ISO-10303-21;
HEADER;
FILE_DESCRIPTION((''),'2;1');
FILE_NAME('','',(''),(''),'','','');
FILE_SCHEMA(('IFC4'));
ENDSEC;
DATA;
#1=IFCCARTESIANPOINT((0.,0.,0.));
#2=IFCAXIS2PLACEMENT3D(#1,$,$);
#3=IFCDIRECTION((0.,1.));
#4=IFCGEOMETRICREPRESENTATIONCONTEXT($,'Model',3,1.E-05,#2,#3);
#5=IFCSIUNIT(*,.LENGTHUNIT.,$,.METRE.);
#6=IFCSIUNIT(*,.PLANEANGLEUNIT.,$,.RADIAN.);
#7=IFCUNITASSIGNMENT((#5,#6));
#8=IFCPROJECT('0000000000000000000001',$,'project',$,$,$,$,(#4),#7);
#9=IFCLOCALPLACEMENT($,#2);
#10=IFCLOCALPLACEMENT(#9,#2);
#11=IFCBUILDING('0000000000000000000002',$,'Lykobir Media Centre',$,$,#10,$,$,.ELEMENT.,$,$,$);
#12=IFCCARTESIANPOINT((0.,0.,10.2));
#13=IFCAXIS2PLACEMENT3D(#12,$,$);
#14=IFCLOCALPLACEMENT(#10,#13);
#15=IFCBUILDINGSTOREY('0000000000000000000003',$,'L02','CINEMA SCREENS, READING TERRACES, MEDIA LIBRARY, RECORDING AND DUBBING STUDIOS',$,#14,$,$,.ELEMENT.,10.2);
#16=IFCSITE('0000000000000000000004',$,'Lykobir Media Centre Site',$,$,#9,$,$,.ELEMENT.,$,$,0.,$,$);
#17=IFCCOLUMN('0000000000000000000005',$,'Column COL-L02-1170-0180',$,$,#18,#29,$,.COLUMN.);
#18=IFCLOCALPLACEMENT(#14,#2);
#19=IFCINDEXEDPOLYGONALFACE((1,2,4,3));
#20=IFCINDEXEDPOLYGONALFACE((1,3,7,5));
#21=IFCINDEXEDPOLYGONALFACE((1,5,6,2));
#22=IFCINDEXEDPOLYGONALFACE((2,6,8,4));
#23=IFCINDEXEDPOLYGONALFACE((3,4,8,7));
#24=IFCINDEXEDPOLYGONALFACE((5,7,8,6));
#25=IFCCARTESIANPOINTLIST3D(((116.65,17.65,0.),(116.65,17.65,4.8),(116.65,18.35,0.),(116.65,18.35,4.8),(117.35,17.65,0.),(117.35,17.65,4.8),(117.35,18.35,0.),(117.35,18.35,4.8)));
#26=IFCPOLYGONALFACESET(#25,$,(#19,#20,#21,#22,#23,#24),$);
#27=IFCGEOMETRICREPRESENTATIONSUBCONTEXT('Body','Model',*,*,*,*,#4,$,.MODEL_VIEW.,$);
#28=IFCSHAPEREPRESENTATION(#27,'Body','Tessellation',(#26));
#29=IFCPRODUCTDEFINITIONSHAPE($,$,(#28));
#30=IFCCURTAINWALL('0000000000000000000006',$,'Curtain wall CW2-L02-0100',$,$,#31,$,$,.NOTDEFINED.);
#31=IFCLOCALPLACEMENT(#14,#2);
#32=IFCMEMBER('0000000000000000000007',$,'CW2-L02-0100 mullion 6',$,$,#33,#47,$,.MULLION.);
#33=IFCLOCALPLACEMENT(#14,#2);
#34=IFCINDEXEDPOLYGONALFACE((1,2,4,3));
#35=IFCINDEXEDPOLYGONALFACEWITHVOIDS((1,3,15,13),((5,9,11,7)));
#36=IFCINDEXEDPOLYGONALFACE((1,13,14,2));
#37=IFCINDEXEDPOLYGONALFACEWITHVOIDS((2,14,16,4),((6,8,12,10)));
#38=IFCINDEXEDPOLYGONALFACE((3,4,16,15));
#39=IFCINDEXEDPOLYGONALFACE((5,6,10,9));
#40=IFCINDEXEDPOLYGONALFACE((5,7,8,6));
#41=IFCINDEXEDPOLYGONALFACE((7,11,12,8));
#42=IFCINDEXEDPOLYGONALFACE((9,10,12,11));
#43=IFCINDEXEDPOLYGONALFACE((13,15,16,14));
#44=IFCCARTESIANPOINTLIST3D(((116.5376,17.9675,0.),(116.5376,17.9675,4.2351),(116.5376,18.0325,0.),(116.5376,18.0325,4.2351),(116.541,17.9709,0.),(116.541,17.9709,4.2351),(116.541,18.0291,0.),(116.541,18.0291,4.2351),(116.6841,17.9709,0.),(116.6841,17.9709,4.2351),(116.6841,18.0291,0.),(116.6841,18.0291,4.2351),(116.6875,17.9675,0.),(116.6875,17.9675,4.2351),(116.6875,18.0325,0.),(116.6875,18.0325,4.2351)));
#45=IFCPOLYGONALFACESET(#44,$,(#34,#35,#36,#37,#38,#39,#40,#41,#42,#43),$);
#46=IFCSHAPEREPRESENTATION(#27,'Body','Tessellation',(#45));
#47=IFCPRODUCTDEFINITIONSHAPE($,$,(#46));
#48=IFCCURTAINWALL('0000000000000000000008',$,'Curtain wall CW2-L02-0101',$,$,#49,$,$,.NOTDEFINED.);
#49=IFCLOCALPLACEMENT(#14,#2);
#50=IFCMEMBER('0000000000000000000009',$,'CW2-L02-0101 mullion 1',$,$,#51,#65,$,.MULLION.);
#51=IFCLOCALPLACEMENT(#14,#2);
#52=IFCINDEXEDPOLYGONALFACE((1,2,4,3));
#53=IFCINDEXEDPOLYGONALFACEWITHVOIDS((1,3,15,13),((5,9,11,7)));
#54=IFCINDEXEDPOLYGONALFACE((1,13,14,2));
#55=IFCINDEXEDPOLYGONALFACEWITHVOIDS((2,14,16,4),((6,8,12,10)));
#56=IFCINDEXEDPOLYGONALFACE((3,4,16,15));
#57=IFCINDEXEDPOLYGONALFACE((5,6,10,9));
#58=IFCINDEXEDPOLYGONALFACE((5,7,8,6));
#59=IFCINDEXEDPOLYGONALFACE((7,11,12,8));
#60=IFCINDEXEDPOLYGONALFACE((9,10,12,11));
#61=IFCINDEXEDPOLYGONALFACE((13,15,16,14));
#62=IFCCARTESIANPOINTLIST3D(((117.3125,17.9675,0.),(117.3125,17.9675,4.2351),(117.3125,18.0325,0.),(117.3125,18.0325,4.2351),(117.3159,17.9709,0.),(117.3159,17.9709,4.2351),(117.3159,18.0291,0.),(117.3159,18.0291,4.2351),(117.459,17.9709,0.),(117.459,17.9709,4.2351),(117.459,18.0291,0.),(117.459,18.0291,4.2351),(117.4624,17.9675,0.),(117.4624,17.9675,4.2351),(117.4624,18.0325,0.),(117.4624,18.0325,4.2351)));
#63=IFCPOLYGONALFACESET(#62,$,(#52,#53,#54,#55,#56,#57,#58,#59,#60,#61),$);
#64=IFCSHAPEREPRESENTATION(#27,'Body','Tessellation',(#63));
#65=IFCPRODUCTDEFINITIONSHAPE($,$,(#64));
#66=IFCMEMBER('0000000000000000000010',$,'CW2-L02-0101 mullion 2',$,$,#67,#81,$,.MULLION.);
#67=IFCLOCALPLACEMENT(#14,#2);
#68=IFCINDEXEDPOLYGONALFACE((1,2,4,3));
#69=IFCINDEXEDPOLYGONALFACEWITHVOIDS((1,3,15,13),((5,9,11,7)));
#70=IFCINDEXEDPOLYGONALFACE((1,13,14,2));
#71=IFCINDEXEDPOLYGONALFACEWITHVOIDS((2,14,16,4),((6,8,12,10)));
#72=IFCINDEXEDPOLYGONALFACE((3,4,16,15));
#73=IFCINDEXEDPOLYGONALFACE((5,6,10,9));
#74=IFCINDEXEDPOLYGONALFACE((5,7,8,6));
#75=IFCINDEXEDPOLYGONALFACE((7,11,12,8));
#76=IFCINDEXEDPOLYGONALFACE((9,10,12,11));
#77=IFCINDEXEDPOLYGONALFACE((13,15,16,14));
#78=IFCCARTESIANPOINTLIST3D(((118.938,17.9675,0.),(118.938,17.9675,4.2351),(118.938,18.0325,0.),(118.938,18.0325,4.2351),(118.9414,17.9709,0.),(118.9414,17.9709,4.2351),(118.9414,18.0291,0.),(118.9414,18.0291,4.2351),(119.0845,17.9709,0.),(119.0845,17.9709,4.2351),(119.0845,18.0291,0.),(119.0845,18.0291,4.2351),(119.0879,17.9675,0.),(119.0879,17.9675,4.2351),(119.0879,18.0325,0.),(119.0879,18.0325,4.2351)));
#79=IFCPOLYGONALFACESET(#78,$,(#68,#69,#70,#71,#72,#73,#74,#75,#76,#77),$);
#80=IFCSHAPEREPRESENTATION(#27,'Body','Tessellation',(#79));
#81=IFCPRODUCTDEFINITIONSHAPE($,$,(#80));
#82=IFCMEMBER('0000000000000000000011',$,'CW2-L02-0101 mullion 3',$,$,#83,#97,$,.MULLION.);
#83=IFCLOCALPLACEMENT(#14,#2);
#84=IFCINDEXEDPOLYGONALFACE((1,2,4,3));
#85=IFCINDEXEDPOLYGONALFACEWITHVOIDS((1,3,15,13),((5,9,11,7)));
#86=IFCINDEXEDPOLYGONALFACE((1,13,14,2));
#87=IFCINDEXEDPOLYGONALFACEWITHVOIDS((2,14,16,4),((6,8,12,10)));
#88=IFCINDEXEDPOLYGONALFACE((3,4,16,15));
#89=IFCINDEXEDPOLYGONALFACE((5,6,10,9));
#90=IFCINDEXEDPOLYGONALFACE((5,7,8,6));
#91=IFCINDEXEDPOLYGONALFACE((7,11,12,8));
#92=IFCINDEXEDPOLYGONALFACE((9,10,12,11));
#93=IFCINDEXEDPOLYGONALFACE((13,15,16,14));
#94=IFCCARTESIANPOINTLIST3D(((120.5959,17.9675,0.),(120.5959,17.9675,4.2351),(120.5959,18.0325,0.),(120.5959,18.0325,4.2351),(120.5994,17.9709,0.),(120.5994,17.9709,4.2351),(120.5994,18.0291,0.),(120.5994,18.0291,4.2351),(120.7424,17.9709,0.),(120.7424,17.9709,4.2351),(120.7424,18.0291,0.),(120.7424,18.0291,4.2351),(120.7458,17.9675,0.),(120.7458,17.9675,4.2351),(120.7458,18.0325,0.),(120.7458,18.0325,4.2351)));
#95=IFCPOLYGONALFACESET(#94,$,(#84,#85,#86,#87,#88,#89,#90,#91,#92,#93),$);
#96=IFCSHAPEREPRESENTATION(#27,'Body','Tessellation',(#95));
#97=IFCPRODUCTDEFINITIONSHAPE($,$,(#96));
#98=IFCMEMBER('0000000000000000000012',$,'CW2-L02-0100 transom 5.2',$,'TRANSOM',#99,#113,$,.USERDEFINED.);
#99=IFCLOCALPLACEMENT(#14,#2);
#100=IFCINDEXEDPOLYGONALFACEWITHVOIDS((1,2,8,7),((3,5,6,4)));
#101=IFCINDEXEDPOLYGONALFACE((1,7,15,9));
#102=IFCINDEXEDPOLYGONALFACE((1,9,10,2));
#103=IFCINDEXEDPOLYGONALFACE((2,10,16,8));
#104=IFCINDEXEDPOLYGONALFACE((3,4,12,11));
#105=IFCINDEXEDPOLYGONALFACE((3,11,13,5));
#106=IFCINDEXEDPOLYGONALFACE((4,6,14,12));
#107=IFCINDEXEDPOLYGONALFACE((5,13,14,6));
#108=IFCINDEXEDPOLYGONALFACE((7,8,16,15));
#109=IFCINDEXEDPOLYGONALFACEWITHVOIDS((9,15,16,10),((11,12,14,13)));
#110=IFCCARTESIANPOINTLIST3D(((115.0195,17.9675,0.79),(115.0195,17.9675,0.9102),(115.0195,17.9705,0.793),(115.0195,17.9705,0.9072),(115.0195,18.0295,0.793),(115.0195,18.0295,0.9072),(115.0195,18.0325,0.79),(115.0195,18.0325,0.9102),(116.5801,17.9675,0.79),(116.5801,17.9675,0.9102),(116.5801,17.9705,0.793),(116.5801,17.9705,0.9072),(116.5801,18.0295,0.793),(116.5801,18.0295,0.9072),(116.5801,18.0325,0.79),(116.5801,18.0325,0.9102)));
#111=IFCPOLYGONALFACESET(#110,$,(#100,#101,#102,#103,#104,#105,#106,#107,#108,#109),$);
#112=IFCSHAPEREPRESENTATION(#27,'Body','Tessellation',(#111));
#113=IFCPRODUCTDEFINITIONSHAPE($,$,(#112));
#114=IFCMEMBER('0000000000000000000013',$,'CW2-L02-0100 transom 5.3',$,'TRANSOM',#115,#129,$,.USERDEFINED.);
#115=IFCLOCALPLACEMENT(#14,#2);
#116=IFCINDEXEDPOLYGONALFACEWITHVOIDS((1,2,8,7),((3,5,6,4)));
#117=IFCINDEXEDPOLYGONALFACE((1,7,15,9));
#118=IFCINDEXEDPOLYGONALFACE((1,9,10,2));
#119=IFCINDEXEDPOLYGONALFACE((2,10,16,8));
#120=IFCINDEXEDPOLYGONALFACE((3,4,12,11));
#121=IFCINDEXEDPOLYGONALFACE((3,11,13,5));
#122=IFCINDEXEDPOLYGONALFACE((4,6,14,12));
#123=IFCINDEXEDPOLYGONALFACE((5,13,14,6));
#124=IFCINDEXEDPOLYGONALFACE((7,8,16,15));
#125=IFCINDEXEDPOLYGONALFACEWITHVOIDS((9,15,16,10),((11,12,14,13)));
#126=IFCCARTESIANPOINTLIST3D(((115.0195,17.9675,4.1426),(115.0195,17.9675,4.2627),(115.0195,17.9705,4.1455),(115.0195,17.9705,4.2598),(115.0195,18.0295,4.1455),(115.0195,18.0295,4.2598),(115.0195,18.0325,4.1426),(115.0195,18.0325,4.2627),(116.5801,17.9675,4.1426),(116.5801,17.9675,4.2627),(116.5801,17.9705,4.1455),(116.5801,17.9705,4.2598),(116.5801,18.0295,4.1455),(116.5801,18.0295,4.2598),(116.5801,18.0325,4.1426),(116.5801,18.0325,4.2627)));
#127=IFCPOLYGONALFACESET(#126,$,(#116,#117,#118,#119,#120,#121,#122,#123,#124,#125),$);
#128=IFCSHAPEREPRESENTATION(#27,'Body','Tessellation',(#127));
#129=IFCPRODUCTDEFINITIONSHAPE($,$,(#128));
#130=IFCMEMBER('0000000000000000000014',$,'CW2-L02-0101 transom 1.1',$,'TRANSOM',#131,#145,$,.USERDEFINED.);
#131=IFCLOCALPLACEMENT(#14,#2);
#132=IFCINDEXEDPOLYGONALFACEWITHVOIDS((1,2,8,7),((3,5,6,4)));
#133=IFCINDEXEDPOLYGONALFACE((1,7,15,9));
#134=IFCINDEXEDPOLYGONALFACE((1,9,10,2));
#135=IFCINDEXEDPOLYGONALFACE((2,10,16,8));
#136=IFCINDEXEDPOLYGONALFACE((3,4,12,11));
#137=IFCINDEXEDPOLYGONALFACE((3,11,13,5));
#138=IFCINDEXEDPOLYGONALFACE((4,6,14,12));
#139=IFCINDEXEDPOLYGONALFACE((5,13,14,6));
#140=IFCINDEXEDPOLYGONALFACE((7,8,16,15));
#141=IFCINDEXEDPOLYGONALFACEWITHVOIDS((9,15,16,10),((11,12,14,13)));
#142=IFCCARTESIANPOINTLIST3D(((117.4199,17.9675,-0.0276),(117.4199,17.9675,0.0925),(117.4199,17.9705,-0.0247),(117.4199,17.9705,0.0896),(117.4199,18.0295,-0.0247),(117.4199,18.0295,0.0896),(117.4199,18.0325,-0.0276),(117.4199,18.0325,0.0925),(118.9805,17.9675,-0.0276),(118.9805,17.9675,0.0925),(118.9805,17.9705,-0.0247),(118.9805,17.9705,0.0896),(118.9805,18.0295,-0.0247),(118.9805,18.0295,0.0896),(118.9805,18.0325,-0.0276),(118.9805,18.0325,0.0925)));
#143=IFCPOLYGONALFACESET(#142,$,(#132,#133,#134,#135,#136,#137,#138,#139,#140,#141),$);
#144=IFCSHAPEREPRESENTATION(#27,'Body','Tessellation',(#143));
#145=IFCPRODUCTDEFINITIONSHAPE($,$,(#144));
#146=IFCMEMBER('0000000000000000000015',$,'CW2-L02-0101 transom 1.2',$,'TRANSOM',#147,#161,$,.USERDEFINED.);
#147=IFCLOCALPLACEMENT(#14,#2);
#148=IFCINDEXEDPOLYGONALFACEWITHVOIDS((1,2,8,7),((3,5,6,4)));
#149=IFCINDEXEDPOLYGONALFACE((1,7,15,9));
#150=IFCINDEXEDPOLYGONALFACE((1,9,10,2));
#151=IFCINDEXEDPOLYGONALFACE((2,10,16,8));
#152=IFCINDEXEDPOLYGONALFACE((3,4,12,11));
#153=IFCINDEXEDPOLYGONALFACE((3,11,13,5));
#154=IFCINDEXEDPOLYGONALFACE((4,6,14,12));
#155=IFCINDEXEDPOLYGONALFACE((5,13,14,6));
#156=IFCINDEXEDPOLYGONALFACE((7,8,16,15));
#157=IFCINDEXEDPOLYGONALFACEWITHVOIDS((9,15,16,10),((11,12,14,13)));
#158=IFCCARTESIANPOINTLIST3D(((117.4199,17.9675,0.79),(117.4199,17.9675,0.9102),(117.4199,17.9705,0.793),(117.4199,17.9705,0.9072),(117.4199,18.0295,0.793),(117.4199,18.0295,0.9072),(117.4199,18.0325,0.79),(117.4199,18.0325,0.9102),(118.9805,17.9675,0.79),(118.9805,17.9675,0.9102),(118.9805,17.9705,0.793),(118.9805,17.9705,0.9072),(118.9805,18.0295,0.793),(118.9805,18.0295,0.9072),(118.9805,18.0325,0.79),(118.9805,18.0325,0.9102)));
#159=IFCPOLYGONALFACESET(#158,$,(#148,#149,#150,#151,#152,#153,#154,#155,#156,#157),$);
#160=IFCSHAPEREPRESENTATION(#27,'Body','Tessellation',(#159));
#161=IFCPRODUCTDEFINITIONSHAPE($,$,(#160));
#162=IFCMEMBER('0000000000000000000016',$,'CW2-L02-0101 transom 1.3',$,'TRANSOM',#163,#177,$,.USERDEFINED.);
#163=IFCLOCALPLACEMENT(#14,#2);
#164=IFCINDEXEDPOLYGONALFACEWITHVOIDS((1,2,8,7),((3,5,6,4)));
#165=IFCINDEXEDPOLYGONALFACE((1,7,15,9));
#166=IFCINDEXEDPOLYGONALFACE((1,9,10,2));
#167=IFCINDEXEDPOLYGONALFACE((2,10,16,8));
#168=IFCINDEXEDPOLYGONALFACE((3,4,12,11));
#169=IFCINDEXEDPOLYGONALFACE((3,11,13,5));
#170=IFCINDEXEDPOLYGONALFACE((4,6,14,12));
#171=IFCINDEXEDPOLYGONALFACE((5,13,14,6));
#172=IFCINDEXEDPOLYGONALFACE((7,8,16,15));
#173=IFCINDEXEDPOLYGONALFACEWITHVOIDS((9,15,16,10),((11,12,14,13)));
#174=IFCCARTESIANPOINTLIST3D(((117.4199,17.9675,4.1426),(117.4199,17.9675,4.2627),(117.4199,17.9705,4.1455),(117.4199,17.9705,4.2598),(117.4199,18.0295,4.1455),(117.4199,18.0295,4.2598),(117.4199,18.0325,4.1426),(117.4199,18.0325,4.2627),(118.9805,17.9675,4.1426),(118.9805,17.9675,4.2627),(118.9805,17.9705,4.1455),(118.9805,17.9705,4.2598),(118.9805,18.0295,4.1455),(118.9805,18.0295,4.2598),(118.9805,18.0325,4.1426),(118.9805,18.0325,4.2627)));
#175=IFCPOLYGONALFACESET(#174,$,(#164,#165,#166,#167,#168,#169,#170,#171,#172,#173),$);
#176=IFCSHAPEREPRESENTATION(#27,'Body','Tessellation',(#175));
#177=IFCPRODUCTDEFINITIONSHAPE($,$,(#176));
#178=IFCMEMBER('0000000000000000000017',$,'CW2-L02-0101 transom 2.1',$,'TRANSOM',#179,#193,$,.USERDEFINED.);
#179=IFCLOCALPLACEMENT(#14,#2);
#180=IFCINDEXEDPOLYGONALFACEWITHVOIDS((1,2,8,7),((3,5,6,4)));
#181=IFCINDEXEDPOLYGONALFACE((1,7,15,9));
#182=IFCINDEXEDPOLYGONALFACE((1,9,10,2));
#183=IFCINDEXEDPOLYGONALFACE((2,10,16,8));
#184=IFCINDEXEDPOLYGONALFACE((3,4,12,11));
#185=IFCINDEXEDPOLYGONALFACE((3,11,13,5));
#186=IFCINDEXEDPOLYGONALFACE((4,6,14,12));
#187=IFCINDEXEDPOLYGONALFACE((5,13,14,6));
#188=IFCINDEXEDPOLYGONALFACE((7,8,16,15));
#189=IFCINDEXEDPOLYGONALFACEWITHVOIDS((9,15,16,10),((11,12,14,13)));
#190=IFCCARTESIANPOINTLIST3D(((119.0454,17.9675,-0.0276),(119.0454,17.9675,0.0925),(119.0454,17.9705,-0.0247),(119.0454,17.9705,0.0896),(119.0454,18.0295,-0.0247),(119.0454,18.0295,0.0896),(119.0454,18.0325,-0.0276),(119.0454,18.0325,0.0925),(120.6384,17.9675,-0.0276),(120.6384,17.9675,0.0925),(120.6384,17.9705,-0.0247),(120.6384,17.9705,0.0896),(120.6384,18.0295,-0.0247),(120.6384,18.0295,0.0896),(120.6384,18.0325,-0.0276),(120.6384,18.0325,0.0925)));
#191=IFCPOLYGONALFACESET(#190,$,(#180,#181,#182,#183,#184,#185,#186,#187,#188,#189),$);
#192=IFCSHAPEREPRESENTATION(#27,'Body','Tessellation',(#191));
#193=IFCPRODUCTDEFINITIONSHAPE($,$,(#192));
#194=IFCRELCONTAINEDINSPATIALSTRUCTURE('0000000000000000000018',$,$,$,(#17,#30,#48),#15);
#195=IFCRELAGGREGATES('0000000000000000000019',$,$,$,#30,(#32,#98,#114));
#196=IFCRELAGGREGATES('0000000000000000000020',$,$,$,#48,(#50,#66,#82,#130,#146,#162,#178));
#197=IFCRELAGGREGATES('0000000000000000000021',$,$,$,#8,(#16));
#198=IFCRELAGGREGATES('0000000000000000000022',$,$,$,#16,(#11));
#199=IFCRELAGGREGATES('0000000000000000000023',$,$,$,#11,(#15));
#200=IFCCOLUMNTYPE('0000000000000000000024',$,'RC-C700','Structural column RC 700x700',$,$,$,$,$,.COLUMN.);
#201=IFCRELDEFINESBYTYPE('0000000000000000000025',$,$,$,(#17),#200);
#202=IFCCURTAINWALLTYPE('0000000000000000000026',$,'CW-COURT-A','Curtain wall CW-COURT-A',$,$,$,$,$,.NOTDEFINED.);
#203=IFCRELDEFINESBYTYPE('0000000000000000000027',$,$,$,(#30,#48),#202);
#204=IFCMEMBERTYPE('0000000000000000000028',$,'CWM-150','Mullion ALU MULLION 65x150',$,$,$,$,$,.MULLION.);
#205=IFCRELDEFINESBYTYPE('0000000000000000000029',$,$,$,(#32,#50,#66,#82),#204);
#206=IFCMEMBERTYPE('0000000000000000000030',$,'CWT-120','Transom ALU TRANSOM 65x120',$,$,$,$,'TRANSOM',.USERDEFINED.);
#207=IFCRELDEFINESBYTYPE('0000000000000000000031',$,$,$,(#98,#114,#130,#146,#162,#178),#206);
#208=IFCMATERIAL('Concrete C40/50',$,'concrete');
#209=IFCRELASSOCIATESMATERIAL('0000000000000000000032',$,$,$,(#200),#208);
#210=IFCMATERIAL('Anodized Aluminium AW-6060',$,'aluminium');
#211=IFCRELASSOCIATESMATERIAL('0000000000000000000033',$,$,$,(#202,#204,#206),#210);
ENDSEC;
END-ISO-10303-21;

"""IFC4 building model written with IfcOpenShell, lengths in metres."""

from ifc_helpers import new_model, si_unit, direction, frame, origin, origin_2d, place, context, subcontext, project, spatial, rectangle, hollow_rectangle, extrude, material, material_profile, profile_set, type_object, element, aggregate, save


model = new_model("IFC4")

# Units and contexts
model_context = context("Model", 3, precision=1e-05, world=origin(), true_north=direction((0.0, 1.0)))
body_context = subcontext(model_context, "Body", "Model", "MODEL_VIEW")
ifc_project = project(units=[si_unit("LENGTHUNIT", "METRE"), si_unit("PLANEANGLEUNIT", "RADIAN")], contexts=[model_context])

# Site, building, storey
site_placement = place(None, origin())
site = spatial("IfcSite", under=ifc_project, at=site_placement, Name="Lykobir Media Centre Site", CompositionType="ELEMENT", RefElevation=0.0)
building_placement = place(site_placement, origin())
building = spatial("IfcBuilding", under=site, at=building_placement, Name="Lykobir Media Centre", CompositionType="ELEMENT")
storey_placement = place(building_placement, frame((0.0, 0.0, 10.2)))
storey = spatial("IfcBuildingStorey", under=building, at=storey_placement, Name="L02", Description="CINEMA SCREENS, READING TERRACES, MEDIA LIBRARY, RECORDING AND DUBBING STUDIOS", CompositionType="ELEMENT", Elevation=10.2)

# Column
ifc_material_1 = material(Name="Concrete C40/50", Category="concrete")
ifc_material_profile_1 = material_profile(ifc_material_1, rectangle(XDim=0.7, YDim=0.7, at=origin_2d()), Name="RC 700x700")
ifc_profile_set_1 = profile_set([ifc_material_profile_1], Name="Concrete C40/50")
column_type = type_object("IfcColumnType", Name="RC-C700", Description="Structural column RC 700x700", PredefinedType="COLUMN", material=ifc_profile_set_1)
column_placement = place(storey_placement, frame((117.0, 18.0, 0.0), z_axis=(0.0, 0.0, 1.0), x_axis=(1.0, 0.0, 0.0)))
element("IfcColumn", 1, at=column_placement, inside=storey, type_object=column_type, Name="Column COL-L02-1170-0180", PredefinedType="COLUMN", context=body_context, shape_type="SweptSolid", body=[
    extrude(rectangle(XDim=0.7, YDim=0.7, at=origin_2d()), origin(), (0.0, 0.0, 1.0), 4.8),
])

# Curtain wall, member
ifc_material_2 = material(Name="Anodized Aluminium AW-6060", Category="aluminium")
curtain_wall_type = type_object("IfcCurtainWallType", Name="CW-COURT-A", Description="Curtain wall CW-COURT-A", PredefinedType="NOTDEFINED", material=ifc_material_2)
curtain_wall_1_placement = place(storey_placement, origin())
curtain_wall_1 = element("IfcCurtainWall", 2, at=curtain_wall_1_placement, inside=storey, type_object=curtain_wall_type, Name="Curtain wall CW2-L02-0100", PredefinedType="NOTDEFINED")
ifc_material_profile_2 = material_profile(ifc_material_2, hollow_rectangle(XDim=0.0649, YDim=0.1499, WallThickness=0.0034, at=origin_2d()), Name="ALU MULLION 65x150")
ifc_profile_set_2 = profile_set([ifc_material_profile_2], Name="Anodized Aluminium AW-6060")
member_type_1 = type_object("IfcMemberType", Name="CWM-150", Description="Mullion ALU MULLION 65x150", PredefinedType="MULLION", material=ifc_profile_set_2)
member_1_placement = place(storey_placement, frame((116.6125, 18.0, 0.0), z_axis=(0.0, 0.0, 1.0), x_axis=(0.0, 1.0, 0.0)))
member_1 = element("IfcMember", 3, at=member_1_placement, type_object=member_type_1, Name="CW2-L02-0100 mullion 6", PredefinedType="MULLION", context=body_context, shape_type="SweptSolid", body=[
    extrude(hollow_rectangle(XDim=0.0649, YDim=0.1499, WallThickness=0.0034, at=origin_2d()), origin(), (0.0, 0.0, 1.0), 4.2351),
])

# Curtain wall, members
curtain_wall_2_placement = place(storey_placement, origin())
curtain_wall_2 = element("IfcCurtainWall", 4, at=curtain_wall_2_placement, inside=storey, type_object=curtain_wall_type, Name="Curtain wall CW2-L02-0101", PredefinedType="NOTDEFINED")
member_2_placement = place(storey_placement, frame((117.3875, 18.0, 0.0), z_axis=(0.0, 0.0, 1.0), x_axis=(0.0, 1.0, 0.0)))
member_2 = element("IfcMember", 5, at=member_2_placement, type_object=member_type_1, Name="CW2-L02-0101 mullion 1", PredefinedType="MULLION", context=body_context, shape_type="SweptSolid", body=[
    extrude(hollow_rectangle(XDim=0.0649, YDim=0.1499, WallThickness=0.0034, at=origin_2d()), origin(), (0.0, 0.0, 1.0), 4.2351),
])
member_3_placement = place(storey_placement, frame((119.0129, 18.0, 0.0), z_axis=(0.0, 0.0, 1.0), x_axis=(0.0, 1.0, 0.0)))
member_3 = element("IfcMember", 6, at=member_3_placement, type_object=member_type_1, Name="CW2-L02-0101 mullion 2", PredefinedType="MULLION", context=body_context, shape_type="SweptSolid", body=[
    extrude(hollow_rectangle(XDim=0.0649, YDim=0.1499, WallThickness=0.0034, at=origin_2d()), origin(), (0.0, 0.0, 1.0), 4.2351),
])
member_4_placement = place(storey_placement, frame((120.6709, 18.0, 0.0), z_axis=(0.0, 0.0, 1.0), x_axis=(0.0, 1.0, 0.0)))
member_4 = element("IfcMember", 7, at=member_4_placement, type_object=member_type_1, Name="CW2-L02-0101 mullion 3", PredefinedType="MULLION", context=body_context, shape_type="SweptSolid", body=[
    extrude(hollow_rectangle(XDim=0.0649, YDim=0.1499, WallThickness=0.0034, at=origin_2d()), origin(), (0.0, 0.0, 1.0), 4.2351),
])

# Members
ifc_material_profile_3 = material_profile(ifc_material_2, hollow_rectangle(XDim=0.0649, YDim=0.1201, WallThickness=0.0029, at=origin_2d()), Name="ALU TRANSOM 65x120")
ifc_profile_set_3 = profile_set([ifc_material_profile_3], Name="Anodized Aluminium AW-6060")
member_type_2 = type_object("IfcMemberType", Name="CWT-120", Description="Transom ALU TRANSOM 65x120", ElementType="TRANSOM", PredefinedType="USERDEFINED", material=ifc_profile_set_3)
member_5_placement = place(storey_placement, frame((115.0195, 18.0, 0.8501), z_axis=(1.0, 0.0, 0.0), x_axis=(0.0, 1.0, 0.0)))
member_5 = element("IfcMember", 8, at=member_5_placement, type_object=member_type_2, Name="CW2-L02-0100 transom 5.2", ObjectType="TRANSOM", PredefinedType="USERDEFINED", context=body_context, shape_type="SweptSolid", body=[
    extrude(hollow_rectangle(XDim=0.0649, YDim=0.1201, WallThickness=0.0029, at=origin_2d()), origin(), (0.0, 0.0, 1.0), 1.5605),
])
member_6_placement = place(storey_placement, frame((115.0195, 18.0, 4.2026), z_axis=(1.0, 0.0, 0.0), x_axis=(0.0, 1.0, 0.0)))
member_6 = element("IfcMember", 9, at=member_6_placement, type_object=member_type_2, Name="CW2-L02-0100 transom 5.3", ObjectType="TRANSOM", PredefinedType="USERDEFINED", context=body_context, shape_type="SweptSolid", body=[
    extrude(hollow_rectangle(XDim=0.0649, YDim=0.1201, WallThickness=0.0029, at=origin_2d()), origin(), (0.0, 0.0, 1.0), 1.5605),
])
member_7_placement = place(storey_placement, frame((117.4199, 18.0, 0.0325), z_axis=(1.0, 0.0, 0.0), x_axis=(0.0, 1.0, 0.0)))
member_7 = element("IfcMember", 10, at=member_7_placement, type_object=member_type_2, Name="CW2-L02-0101 transom 1.1", ObjectType="TRANSOM", PredefinedType="USERDEFINED", context=body_context, shape_type="SweptSolid", body=[
    extrude(hollow_rectangle(XDim=0.0649, YDim=0.1201, WallThickness=0.0029, at=origin_2d()), origin(), (0.0, 0.0, 1.0), 1.5605),
])
member_8_placement = place(storey_placement, frame((117.4199, 18.0, 0.8501), z_axis=(1.0, 0.0, 0.0), x_axis=(0.0, 1.0, 0.0)))
member_8 = element("IfcMember", 11, at=member_8_placement, type_object=member_type_2, Name="CW2-L02-0101 transom 1.2", ObjectType="TRANSOM", PredefinedType="USERDEFINED", context=body_context, shape_type="SweptSolid", body=[
    extrude(hollow_rectangle(XDim=0.0649, YDim=0.1201, WallThickness=0.0029, at=origin_2d()), origin(), (0.0, 0.0, 1.0), 1.5605),
])
member_9_placement = place(storey_placement, frame((117.4199, 18.0, 4.2026), z_axis=(1.0, 0.0, 0.0), x_axis=(0.0, 1.0, 0.0)))
member_9 = element("IfcMember", 12, at=member_9_placement, type_object=member_type_2, Name="CW2-L02-0101 transom 1.3", ObjectType="TRANSOM", PredefinedType="USERDEFINED", context=body_context, shape_type="SweptSolid", body=[
    extrude(hollow_rectangle(XDim=0.0649, YDim=0.1201, WallThickness=0.0029, at=origin_2d()), origin(), (0.0, 0.0, 1.0), 1.5605),
])
member_10_placement = place(storey_placement, frame((119.0454, 18.0, 0.0325), z_axis=(1.0, 0.0, 0.0), x_axis=(0.0, 1.0, 0.0)))
member_10 = element("IfcMember", 13, at=member_10_placement, type_object=member_type_2, Name="CW2-L02-0101 transom 2.1", ObjectType="TRANSOM", PredefinedType="USERDEFINED", context=body_context, shape_type="SweptSolid", body=[
    extrude(hollow_rectangle(XDim=0.0649, YDim=0.1201, WallThickness=0.0029, at=origin_2d()), origin(), (0.0, 0.0, 1.0), 1.593),
])

aggregate(curtain_wall_1, [member_1, member_5, member_6])
aggregate(curtain_wall_2, [member_2, member_3, member_4, member_7, member_8, member_9, member_10])

save(model, "model.ifc")
